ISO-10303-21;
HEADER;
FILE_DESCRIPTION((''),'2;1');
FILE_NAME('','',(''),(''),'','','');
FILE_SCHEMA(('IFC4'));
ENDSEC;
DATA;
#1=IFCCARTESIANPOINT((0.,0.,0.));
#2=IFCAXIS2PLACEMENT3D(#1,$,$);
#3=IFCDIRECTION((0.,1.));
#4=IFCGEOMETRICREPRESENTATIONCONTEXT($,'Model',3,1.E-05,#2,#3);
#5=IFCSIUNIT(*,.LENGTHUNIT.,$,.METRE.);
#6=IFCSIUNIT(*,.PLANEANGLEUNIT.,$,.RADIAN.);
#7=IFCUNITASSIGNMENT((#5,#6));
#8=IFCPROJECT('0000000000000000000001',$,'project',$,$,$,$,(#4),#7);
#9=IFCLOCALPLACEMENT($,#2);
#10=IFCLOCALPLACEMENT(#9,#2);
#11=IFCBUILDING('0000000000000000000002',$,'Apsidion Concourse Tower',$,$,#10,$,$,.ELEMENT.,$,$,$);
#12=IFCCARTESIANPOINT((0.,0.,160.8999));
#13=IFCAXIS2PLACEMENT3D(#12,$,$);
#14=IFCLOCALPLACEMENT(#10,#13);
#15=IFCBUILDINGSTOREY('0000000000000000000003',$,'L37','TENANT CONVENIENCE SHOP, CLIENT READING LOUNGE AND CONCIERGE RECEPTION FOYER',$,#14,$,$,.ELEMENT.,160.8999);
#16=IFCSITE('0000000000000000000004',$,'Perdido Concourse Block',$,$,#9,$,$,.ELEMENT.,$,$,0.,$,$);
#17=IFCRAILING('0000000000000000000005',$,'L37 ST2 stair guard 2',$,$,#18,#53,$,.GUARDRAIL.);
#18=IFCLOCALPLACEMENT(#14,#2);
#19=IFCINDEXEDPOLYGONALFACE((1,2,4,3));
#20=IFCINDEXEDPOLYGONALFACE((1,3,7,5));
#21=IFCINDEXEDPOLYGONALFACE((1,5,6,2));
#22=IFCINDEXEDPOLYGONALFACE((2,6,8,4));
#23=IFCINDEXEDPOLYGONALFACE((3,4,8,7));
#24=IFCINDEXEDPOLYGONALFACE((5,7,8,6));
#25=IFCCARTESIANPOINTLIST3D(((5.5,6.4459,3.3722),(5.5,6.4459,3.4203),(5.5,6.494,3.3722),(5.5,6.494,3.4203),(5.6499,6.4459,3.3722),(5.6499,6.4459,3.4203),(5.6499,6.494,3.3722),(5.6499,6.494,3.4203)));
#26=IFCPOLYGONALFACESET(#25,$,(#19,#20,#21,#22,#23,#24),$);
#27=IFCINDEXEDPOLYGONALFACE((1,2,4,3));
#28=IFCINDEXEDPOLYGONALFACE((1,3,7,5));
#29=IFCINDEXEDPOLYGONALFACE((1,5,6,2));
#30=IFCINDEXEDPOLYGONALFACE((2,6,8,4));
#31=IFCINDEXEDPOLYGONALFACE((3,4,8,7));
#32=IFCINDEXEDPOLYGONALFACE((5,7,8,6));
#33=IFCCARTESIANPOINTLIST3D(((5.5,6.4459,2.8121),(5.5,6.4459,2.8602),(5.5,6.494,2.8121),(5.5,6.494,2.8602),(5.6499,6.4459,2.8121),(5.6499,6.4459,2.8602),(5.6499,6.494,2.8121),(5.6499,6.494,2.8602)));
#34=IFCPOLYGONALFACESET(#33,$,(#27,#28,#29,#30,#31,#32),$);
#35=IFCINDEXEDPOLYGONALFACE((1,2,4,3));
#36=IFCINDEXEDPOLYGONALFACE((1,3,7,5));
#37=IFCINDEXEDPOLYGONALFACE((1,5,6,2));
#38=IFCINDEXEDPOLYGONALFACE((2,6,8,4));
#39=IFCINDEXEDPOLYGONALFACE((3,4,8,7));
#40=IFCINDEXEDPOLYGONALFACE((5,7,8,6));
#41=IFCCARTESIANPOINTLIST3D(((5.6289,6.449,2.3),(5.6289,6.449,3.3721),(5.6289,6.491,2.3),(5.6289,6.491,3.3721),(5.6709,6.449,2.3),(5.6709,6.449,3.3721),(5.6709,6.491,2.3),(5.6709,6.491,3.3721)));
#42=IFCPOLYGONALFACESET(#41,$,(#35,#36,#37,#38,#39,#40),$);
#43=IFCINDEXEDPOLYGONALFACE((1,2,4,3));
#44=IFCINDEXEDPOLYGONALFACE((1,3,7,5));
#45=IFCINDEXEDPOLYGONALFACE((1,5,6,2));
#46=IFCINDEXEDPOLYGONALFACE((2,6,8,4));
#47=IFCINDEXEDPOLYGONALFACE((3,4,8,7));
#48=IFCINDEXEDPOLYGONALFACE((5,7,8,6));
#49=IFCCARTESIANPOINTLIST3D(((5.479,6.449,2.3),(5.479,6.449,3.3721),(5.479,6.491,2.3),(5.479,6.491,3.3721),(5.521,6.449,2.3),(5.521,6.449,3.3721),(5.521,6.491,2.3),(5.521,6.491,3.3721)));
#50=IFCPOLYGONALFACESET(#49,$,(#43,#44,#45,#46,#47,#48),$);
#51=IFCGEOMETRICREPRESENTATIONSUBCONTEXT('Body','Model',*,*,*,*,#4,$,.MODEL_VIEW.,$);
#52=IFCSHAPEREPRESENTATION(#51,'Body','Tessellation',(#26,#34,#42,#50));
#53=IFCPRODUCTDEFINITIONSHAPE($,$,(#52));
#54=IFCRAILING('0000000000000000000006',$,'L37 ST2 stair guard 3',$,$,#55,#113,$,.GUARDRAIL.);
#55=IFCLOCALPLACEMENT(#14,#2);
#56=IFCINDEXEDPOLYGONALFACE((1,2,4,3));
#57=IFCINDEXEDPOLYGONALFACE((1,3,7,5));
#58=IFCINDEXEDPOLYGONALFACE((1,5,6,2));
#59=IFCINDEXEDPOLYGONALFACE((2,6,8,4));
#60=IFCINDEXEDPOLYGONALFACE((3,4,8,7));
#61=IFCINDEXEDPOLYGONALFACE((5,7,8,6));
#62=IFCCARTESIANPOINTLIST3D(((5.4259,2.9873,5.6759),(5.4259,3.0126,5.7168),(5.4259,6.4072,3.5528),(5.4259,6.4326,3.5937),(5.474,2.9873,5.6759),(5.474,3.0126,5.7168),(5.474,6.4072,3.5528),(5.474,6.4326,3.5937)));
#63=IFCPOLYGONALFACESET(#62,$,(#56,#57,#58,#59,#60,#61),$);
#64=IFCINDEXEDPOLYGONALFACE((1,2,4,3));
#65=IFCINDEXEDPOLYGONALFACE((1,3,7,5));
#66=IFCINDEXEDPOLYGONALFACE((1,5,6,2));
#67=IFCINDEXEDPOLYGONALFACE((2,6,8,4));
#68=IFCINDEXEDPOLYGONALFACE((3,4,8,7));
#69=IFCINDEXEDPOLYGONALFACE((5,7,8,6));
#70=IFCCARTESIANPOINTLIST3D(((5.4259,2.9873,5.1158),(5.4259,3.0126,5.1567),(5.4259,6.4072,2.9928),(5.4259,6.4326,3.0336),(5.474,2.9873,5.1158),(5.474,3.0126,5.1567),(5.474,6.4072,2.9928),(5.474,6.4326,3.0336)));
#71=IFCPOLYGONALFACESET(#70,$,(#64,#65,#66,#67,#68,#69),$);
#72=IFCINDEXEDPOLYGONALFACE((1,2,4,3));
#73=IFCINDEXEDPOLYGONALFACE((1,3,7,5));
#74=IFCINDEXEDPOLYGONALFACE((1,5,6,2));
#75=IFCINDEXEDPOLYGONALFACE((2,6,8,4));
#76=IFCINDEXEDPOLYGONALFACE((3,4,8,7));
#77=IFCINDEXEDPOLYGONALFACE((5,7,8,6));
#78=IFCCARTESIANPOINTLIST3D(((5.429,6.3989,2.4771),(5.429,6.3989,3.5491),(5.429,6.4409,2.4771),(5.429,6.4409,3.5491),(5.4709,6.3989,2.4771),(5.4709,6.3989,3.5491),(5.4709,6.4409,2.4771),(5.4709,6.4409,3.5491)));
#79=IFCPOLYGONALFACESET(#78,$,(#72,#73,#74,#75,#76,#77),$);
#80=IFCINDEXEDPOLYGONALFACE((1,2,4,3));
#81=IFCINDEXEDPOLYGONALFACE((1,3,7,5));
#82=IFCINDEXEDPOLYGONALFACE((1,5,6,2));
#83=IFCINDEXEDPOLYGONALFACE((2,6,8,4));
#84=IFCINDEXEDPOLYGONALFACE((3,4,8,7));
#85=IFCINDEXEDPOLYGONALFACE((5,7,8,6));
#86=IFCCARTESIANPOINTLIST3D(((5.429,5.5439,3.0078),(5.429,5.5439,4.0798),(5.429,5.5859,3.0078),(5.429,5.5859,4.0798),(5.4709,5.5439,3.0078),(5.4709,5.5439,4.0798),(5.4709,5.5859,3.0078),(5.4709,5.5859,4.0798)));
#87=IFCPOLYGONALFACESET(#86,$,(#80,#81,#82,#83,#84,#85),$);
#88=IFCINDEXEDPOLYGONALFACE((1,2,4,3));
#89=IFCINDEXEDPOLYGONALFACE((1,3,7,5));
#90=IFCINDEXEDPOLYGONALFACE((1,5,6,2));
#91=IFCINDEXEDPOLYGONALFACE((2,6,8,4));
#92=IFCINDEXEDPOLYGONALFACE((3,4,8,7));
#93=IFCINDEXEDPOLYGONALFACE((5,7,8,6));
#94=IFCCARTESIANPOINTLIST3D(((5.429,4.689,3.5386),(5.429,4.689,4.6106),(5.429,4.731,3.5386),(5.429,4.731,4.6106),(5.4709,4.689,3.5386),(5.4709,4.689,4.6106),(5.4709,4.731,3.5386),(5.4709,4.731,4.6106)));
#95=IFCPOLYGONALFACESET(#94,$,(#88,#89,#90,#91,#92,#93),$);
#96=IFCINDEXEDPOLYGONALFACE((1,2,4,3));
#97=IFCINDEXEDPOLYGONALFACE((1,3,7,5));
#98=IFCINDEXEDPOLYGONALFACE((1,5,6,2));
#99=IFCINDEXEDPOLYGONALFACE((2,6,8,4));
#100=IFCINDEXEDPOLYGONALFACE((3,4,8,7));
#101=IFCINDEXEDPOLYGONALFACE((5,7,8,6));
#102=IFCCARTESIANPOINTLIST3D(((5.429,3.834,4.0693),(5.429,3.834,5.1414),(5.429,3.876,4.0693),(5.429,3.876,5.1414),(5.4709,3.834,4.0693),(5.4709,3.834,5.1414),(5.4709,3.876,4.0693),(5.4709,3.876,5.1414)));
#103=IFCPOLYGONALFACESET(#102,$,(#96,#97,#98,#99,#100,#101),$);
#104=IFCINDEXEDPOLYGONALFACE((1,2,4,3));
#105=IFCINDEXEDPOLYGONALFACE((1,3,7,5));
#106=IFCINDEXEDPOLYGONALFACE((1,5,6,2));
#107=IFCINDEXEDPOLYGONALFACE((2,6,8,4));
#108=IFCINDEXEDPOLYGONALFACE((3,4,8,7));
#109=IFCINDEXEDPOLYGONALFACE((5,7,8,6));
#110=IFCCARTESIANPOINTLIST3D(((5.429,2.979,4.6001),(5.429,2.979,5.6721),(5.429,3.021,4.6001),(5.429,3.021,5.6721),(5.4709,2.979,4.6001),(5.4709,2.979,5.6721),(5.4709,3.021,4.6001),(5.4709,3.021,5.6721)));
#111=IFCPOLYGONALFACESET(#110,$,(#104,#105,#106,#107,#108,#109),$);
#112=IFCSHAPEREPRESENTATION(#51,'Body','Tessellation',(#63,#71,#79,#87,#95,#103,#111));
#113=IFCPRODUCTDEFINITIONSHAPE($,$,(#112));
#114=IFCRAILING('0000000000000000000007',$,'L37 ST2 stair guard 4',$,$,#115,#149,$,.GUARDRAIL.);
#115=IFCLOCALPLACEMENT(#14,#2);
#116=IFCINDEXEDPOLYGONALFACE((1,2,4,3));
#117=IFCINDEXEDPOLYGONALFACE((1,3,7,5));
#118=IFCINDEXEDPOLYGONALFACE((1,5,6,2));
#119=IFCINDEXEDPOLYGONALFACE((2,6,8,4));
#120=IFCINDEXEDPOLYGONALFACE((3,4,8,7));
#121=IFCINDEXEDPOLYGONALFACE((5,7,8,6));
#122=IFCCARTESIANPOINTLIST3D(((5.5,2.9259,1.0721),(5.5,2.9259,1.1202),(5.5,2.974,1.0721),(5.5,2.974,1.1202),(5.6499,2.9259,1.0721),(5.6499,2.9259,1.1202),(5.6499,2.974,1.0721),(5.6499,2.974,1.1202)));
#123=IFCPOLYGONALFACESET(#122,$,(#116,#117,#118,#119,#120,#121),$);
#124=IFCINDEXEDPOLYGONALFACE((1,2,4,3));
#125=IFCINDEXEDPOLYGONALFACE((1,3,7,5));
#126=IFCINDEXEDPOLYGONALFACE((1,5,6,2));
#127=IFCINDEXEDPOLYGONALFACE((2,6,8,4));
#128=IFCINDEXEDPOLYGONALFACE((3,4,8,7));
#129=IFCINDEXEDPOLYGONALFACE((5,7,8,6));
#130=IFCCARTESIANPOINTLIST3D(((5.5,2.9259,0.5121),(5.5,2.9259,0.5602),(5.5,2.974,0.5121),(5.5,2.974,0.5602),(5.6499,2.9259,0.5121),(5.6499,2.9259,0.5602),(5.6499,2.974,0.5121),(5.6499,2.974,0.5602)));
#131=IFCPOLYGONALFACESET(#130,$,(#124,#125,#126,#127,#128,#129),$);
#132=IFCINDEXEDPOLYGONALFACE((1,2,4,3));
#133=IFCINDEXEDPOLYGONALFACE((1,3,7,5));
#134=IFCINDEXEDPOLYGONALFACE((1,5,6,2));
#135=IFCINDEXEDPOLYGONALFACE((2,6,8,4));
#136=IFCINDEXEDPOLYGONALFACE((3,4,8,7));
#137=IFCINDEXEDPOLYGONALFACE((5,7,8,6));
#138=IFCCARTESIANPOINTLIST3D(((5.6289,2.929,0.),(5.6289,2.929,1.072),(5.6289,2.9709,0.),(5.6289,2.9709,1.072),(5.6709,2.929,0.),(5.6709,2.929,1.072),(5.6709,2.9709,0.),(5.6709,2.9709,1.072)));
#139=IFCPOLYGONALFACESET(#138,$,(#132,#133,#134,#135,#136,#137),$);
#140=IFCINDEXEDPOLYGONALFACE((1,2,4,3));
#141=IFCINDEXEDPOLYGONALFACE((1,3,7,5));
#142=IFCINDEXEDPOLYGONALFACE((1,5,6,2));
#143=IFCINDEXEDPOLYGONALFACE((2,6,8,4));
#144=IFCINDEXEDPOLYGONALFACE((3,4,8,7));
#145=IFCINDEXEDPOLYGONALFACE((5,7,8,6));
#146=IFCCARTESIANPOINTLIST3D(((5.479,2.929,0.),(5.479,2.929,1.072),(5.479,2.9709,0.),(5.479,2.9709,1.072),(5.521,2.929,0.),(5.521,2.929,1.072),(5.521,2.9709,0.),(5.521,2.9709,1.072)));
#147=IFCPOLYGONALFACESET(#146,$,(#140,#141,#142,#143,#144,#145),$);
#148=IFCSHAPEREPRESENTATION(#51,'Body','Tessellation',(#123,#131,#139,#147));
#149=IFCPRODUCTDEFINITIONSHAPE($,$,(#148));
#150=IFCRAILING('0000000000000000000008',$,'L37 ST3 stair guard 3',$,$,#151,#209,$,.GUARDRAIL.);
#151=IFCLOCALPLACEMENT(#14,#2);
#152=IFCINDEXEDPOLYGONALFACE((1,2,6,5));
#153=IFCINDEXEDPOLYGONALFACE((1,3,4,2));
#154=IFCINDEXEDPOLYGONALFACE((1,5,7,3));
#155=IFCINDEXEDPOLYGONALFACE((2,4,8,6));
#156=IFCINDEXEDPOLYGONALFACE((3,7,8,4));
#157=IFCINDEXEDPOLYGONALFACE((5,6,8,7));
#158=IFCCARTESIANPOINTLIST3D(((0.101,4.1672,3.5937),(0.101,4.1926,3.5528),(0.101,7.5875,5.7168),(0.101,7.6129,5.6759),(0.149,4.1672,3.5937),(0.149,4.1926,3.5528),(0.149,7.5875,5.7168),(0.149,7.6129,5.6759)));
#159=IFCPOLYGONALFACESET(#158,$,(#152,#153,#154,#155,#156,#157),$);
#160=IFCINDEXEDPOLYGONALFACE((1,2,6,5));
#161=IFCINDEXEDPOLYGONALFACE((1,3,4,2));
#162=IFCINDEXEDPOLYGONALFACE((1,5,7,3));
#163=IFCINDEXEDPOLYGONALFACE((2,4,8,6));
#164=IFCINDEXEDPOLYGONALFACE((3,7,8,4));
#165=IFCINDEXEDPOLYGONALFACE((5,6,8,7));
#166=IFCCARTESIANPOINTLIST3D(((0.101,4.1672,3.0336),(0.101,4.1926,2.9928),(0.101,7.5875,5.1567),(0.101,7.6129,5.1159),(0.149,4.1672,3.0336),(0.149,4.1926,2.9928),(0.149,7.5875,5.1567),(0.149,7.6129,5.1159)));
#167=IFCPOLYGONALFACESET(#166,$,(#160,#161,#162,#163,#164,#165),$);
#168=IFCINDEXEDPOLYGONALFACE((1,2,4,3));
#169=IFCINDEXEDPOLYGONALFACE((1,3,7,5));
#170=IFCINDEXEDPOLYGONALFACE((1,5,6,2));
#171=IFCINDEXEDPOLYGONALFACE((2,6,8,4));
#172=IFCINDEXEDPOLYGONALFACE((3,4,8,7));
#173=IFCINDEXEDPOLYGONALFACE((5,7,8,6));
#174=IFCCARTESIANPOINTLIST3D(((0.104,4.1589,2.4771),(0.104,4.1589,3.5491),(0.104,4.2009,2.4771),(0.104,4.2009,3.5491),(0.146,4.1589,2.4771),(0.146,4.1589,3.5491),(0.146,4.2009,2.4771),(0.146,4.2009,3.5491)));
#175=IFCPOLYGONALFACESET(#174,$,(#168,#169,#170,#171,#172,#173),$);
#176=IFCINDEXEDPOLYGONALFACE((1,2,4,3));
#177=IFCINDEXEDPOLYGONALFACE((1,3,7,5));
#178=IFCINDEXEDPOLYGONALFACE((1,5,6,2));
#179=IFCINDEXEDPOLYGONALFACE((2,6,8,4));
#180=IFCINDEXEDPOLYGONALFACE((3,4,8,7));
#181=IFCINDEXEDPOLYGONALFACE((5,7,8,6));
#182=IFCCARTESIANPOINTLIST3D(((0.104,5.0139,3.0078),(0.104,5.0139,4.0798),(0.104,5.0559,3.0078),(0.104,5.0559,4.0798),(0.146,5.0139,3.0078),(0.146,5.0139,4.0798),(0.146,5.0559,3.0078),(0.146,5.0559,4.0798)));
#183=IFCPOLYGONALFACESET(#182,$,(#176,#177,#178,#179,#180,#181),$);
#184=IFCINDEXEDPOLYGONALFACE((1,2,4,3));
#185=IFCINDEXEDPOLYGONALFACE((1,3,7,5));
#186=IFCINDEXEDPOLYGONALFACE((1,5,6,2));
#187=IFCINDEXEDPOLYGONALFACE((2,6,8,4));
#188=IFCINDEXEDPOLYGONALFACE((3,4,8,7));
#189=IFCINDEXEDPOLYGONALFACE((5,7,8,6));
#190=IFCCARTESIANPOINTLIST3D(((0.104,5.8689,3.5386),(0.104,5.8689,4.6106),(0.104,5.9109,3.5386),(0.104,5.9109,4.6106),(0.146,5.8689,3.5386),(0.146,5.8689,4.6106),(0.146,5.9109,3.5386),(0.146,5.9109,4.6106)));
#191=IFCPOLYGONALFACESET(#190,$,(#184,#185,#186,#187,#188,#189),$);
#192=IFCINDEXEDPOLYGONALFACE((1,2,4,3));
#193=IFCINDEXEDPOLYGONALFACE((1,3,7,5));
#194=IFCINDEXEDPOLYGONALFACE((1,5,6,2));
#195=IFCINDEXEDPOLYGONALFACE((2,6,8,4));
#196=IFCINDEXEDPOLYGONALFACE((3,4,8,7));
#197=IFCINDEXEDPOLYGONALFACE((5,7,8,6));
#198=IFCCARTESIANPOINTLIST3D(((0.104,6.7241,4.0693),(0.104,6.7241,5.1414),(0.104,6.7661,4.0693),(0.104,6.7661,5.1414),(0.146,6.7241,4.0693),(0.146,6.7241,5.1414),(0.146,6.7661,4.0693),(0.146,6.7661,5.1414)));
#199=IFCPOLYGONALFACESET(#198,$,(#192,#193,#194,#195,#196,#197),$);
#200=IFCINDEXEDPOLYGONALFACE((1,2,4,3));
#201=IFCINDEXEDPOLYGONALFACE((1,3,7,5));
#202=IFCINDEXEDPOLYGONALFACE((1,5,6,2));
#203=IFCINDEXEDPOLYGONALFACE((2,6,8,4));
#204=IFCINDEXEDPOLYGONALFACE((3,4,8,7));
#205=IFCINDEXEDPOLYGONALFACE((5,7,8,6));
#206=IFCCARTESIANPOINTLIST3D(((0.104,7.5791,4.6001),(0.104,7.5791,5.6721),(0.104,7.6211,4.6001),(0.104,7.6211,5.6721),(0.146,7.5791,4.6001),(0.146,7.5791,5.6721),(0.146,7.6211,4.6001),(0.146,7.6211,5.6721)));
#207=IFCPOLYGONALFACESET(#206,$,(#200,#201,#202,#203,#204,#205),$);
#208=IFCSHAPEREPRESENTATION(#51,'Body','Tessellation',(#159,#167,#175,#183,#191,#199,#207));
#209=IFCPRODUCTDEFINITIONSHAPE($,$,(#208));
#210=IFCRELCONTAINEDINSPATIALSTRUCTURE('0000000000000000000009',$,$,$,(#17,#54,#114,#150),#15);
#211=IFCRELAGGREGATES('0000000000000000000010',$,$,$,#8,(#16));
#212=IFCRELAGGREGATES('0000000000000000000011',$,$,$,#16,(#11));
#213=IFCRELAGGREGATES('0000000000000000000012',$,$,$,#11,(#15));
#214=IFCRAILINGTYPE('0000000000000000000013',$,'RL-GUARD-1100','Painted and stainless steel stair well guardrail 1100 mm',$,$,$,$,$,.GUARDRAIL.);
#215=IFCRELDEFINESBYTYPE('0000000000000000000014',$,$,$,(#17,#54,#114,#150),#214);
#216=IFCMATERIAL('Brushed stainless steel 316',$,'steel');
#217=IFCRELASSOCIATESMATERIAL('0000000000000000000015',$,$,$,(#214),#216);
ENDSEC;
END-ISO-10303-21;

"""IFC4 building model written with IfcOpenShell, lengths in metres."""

from ifc_helpers import new_model, si_unit, direction, frame, origin, origin_2d, place, context, subcontext, project, spatial, rectangle, extrude, material, type_object, element, save


model = new_model("IFC4")

# Units and contexts
model_context = context("Model", 3, precision=1e-05, world=origin(), true_north=direction((0.0, 1.0)))
body_context = subcontext(model_context, "Body", "Model", "MODEL_VIEW")
ifc_project = project(units=[si_unit("LENGTHUNIT", "METRE"), si_unit("PLANEANGLEUNIT", "RADIAN")], contexts=[model_context])

# Site, building, storey
site_placement = place(None, origin())
site = spatial("IfcSite", under=ifc_project, at=site_placement, Name="Perdido Concourse Block", CompositionType="ELEMENT", RefElevation=0.0)
building_placement = place(site_placement, origin())
building = spatial("IfcBuilding", under=site, at=building_placement, Name="Apsidion Concourse Tower", CompositionType="ELEMENT")
storey_placement = place(building_placement, frame((0.0, 0.0, 160.8999)))
storey = spatial("IfcBuildingStorey", under=building, at=storey_placement, Name="L37", Description="TENANT CONVENIENCE SHOP, CLIENT READING LOUNGE AND CONCIERGE RECEPTION FOYER", CompositionType="ELEMENT", Elevation=160.8999)

# Railings
ifc_material_1 = material(Name="Brushed stainless steel 316", Category="steel")
railing_type_1 = type_object("IfcRailingType", Name="RL-GUARD-1100", Description="Painted and stainless steel stair well guardrail 1100 mm", PredefinedType="GUARDRAIL", material=ifc_material_1)
railing_1_placement = place(storey_placement, frame((5.6499, 6.47, 2.3)))
element("IfcRailing", 1, at=railing_1_placement, inside=storey, type_object=railing_type_1, Name="L37 ST2 stair guard 2", PredefinedType="GUARDRAIL", context=body_context, shape_type="SweptSolid", body=[
    extrude(rectangle(XDim=0.0481, YDim=0.0481, at=origin_2d()), frame((0.0, 0.0, 1.0962), z_axis=(-1.0, 0.0, 0.0), x_axis=(0.0, -1.0, 0.0)), (0.0, 0.0, 1.0), 0.1499),
    extrude(rectangle(XDim=0.0481, YDim=0.0481, at=origin_2d()), frame((0.0, 0.0, 0.5361), z_axis=(-1.0, 0.0, 0.0), x_axis=(0.0, -1.0, 0.0)), (0.0, 0.0, 1.0), 0.1499),
    extrude(rectangle(XDim=0.042, YDim=0.042, at=origin_2d()), origin(), (0.0, 0.0, 1.0), 1.072),
    extrude(rectangle(XDim=0.042, YDim=0.042, at=origin_2d()), frame((-0.1499, 0.0, 0.0)), (0.0, 0.0, 1.0), 1.072),
])
railing_2_placement = place(storey_placement, frame((5.45, 6.4199, 2.4771)))
element("IfcRailing", 2, at=railing_2_placement, inside=storey, type_object=railing_type_1, Name="L37 ST2 stair guard 3", PredefinedType="GUARDRAIL", context=body_context, shape_type="SweptSolid", body=[
    extrude(rectangle(XDim=0.0481, YDim=0.0481, at=origin_2d()), frame((0.0, 0.0, 1.0962), z_axis=(0.0, -0.849603, 0.527423), x_axis=(1.0, 0.0, 0.0)), (0.0, 0.0, 1.0), 4.0254),
    extrude(rectangle(XDim=0.0481, YDim=0.0481, at=origin_2d()), frame((0.0, 0.0, 0.5361), z_axis=(0.0, -0.849603, 0.527423), x_axis=(1.0, 0.0, 0.0)), (0.0, 0.0, 1.0), 4.0254),
    extrude(rectangle(XDim=0.042, YDim=0.042, at=origin_2d()), origin(), (0.0, 0.0, 1.0), 1.072),
    extrude(rectangle(XDim=0.042, YDim=0.042, at=origin_2d()), frame((0.0, -0.855, 0.5308)), (0.0, 0.0, 1.0), 1.072),
    extrude(rectangle(XDim=0.042, YDim=0.042, at=origin_2d()), frame((0.0, -1.71, 1.0615)), (0.0, 0.0, 1.0), 1.072),
    extrude(rectangle(XDim=0.042, YDim=0.042, at=origin_2d()), frame((0.0, -2.5649, 1.5923)), (0.0, 0.0, 1.0), 1.072),
    extrude(rectangle(XDim=0.042, YDim=0.042, at=origin_2d()), frame((0.0, -3.4199, 2.123)), (0.0, 0.0, 1.0), 1.072),
])
railing_3_placement = place(storey_placement, frame((5.6499, 2.95, 0.0)))
element("IfcRailing", 3, at=railing_3_placement, inside=storey, type_object=railing_type_1, Name="L37 ST2 stair guard 4", PredefinedType="GUARDRAIL", context=body_context, shape_type="SweptSolid", body=[
    extrude(rectangle(XDim=0.0481, YDim=0.0481, at=origin_2d()), frame((0.0, 0.0, 1.0962), z_axis=(-1.0, 0.0, 0.0), x_axis=(0.0, -1.0, 0.0)), (0.0, 0.0, 1.0), 0.1499),
    extrude(rectangle(XDim=0.0481, YDim=0.0481, at=origin_2d()), frame((0.0, 0.0, 0.5361), z_axis=(-1.0, 0.0, 0.0), x_axis=(0.0, -1.0, 0.0)), (0.0, 0.0, 1.0), 0.1499),
    extrude(rectangle(XDim=0.042, YDim=0.042, at=origin_2d()), origin(), (0.0, 0.0, 1.0), 1.072),
    extrude(rectangle(XDim=0.042, YDim=0.042, at=origin_2d()), frame((-0.1499, 0.0, 0.0)), (0.0, 0.0, 1.0), 1.072),
])
railing_4_placement = place(storey_placement, frame((0.125, 4.1799, 2.4771)))
element("IfcRailing", 4, at=railing_4_placement, inside=storey, type_object=railing_type_1, Name="L37 ST3 stair guard 3", PredefinedType="GUARDRAIL", context=body_context, shape_type="SweptSolid", body=[
    extrude(rectangle(XDim=0.0481, YDim=0.0481, at=origin_2d()), frame((0.0, 0.0, 1.0962), z_axis=(0.0, 0.84962, 0.527396), x_axis=(-1.0, 0.0, 0.0)), (0.0, 0.0, 1.0), 4.0256),
    extrude(rectangle(XDim=0.0481, YDim=0.0481, at=origin_2d()), frame((0.0, 0.0, 0.5361), z_axis=(0.0, 0.84962, 0.527396), x_axis=(-1.0, 0.0, 0.0)), (0.0, 0.0, 1.0), 4.0256),
    extrude(rectangle(XDim=0.042, YDim=0.042, at=origin_2d()), origin(), (0.0, 0.0, 1.0), 1.072),
    extrude(rectangle(XDim=0.042, YDim=0.042, at=origin_2d()), frame((0.0, 0.855, 0.5308)), (0.0, 0.0, 1.0), 1.072),
    extrude(rectangle(XDim=0.042, YDim=0.042, at=origin_2d()), frame((0.0, 1.71, 1.0615)), (0.0, 0.0, 1.0), 1.072),
    extrude(rectangle(XDim=0.042, YDim=0.042, at=origin_2d()), frame((0.0, 2.5652, 1.5923)), (0.0, 0.0, 1.0), 1.072),
    extrude(rectangle(XDim=0.042, YDim=0.042, at=origin_2d()), frame((0.0, 3.4202, 2.123)), (0.0, 0.0, 1.0), 1.072),
])

save(model, "model.ifc")
